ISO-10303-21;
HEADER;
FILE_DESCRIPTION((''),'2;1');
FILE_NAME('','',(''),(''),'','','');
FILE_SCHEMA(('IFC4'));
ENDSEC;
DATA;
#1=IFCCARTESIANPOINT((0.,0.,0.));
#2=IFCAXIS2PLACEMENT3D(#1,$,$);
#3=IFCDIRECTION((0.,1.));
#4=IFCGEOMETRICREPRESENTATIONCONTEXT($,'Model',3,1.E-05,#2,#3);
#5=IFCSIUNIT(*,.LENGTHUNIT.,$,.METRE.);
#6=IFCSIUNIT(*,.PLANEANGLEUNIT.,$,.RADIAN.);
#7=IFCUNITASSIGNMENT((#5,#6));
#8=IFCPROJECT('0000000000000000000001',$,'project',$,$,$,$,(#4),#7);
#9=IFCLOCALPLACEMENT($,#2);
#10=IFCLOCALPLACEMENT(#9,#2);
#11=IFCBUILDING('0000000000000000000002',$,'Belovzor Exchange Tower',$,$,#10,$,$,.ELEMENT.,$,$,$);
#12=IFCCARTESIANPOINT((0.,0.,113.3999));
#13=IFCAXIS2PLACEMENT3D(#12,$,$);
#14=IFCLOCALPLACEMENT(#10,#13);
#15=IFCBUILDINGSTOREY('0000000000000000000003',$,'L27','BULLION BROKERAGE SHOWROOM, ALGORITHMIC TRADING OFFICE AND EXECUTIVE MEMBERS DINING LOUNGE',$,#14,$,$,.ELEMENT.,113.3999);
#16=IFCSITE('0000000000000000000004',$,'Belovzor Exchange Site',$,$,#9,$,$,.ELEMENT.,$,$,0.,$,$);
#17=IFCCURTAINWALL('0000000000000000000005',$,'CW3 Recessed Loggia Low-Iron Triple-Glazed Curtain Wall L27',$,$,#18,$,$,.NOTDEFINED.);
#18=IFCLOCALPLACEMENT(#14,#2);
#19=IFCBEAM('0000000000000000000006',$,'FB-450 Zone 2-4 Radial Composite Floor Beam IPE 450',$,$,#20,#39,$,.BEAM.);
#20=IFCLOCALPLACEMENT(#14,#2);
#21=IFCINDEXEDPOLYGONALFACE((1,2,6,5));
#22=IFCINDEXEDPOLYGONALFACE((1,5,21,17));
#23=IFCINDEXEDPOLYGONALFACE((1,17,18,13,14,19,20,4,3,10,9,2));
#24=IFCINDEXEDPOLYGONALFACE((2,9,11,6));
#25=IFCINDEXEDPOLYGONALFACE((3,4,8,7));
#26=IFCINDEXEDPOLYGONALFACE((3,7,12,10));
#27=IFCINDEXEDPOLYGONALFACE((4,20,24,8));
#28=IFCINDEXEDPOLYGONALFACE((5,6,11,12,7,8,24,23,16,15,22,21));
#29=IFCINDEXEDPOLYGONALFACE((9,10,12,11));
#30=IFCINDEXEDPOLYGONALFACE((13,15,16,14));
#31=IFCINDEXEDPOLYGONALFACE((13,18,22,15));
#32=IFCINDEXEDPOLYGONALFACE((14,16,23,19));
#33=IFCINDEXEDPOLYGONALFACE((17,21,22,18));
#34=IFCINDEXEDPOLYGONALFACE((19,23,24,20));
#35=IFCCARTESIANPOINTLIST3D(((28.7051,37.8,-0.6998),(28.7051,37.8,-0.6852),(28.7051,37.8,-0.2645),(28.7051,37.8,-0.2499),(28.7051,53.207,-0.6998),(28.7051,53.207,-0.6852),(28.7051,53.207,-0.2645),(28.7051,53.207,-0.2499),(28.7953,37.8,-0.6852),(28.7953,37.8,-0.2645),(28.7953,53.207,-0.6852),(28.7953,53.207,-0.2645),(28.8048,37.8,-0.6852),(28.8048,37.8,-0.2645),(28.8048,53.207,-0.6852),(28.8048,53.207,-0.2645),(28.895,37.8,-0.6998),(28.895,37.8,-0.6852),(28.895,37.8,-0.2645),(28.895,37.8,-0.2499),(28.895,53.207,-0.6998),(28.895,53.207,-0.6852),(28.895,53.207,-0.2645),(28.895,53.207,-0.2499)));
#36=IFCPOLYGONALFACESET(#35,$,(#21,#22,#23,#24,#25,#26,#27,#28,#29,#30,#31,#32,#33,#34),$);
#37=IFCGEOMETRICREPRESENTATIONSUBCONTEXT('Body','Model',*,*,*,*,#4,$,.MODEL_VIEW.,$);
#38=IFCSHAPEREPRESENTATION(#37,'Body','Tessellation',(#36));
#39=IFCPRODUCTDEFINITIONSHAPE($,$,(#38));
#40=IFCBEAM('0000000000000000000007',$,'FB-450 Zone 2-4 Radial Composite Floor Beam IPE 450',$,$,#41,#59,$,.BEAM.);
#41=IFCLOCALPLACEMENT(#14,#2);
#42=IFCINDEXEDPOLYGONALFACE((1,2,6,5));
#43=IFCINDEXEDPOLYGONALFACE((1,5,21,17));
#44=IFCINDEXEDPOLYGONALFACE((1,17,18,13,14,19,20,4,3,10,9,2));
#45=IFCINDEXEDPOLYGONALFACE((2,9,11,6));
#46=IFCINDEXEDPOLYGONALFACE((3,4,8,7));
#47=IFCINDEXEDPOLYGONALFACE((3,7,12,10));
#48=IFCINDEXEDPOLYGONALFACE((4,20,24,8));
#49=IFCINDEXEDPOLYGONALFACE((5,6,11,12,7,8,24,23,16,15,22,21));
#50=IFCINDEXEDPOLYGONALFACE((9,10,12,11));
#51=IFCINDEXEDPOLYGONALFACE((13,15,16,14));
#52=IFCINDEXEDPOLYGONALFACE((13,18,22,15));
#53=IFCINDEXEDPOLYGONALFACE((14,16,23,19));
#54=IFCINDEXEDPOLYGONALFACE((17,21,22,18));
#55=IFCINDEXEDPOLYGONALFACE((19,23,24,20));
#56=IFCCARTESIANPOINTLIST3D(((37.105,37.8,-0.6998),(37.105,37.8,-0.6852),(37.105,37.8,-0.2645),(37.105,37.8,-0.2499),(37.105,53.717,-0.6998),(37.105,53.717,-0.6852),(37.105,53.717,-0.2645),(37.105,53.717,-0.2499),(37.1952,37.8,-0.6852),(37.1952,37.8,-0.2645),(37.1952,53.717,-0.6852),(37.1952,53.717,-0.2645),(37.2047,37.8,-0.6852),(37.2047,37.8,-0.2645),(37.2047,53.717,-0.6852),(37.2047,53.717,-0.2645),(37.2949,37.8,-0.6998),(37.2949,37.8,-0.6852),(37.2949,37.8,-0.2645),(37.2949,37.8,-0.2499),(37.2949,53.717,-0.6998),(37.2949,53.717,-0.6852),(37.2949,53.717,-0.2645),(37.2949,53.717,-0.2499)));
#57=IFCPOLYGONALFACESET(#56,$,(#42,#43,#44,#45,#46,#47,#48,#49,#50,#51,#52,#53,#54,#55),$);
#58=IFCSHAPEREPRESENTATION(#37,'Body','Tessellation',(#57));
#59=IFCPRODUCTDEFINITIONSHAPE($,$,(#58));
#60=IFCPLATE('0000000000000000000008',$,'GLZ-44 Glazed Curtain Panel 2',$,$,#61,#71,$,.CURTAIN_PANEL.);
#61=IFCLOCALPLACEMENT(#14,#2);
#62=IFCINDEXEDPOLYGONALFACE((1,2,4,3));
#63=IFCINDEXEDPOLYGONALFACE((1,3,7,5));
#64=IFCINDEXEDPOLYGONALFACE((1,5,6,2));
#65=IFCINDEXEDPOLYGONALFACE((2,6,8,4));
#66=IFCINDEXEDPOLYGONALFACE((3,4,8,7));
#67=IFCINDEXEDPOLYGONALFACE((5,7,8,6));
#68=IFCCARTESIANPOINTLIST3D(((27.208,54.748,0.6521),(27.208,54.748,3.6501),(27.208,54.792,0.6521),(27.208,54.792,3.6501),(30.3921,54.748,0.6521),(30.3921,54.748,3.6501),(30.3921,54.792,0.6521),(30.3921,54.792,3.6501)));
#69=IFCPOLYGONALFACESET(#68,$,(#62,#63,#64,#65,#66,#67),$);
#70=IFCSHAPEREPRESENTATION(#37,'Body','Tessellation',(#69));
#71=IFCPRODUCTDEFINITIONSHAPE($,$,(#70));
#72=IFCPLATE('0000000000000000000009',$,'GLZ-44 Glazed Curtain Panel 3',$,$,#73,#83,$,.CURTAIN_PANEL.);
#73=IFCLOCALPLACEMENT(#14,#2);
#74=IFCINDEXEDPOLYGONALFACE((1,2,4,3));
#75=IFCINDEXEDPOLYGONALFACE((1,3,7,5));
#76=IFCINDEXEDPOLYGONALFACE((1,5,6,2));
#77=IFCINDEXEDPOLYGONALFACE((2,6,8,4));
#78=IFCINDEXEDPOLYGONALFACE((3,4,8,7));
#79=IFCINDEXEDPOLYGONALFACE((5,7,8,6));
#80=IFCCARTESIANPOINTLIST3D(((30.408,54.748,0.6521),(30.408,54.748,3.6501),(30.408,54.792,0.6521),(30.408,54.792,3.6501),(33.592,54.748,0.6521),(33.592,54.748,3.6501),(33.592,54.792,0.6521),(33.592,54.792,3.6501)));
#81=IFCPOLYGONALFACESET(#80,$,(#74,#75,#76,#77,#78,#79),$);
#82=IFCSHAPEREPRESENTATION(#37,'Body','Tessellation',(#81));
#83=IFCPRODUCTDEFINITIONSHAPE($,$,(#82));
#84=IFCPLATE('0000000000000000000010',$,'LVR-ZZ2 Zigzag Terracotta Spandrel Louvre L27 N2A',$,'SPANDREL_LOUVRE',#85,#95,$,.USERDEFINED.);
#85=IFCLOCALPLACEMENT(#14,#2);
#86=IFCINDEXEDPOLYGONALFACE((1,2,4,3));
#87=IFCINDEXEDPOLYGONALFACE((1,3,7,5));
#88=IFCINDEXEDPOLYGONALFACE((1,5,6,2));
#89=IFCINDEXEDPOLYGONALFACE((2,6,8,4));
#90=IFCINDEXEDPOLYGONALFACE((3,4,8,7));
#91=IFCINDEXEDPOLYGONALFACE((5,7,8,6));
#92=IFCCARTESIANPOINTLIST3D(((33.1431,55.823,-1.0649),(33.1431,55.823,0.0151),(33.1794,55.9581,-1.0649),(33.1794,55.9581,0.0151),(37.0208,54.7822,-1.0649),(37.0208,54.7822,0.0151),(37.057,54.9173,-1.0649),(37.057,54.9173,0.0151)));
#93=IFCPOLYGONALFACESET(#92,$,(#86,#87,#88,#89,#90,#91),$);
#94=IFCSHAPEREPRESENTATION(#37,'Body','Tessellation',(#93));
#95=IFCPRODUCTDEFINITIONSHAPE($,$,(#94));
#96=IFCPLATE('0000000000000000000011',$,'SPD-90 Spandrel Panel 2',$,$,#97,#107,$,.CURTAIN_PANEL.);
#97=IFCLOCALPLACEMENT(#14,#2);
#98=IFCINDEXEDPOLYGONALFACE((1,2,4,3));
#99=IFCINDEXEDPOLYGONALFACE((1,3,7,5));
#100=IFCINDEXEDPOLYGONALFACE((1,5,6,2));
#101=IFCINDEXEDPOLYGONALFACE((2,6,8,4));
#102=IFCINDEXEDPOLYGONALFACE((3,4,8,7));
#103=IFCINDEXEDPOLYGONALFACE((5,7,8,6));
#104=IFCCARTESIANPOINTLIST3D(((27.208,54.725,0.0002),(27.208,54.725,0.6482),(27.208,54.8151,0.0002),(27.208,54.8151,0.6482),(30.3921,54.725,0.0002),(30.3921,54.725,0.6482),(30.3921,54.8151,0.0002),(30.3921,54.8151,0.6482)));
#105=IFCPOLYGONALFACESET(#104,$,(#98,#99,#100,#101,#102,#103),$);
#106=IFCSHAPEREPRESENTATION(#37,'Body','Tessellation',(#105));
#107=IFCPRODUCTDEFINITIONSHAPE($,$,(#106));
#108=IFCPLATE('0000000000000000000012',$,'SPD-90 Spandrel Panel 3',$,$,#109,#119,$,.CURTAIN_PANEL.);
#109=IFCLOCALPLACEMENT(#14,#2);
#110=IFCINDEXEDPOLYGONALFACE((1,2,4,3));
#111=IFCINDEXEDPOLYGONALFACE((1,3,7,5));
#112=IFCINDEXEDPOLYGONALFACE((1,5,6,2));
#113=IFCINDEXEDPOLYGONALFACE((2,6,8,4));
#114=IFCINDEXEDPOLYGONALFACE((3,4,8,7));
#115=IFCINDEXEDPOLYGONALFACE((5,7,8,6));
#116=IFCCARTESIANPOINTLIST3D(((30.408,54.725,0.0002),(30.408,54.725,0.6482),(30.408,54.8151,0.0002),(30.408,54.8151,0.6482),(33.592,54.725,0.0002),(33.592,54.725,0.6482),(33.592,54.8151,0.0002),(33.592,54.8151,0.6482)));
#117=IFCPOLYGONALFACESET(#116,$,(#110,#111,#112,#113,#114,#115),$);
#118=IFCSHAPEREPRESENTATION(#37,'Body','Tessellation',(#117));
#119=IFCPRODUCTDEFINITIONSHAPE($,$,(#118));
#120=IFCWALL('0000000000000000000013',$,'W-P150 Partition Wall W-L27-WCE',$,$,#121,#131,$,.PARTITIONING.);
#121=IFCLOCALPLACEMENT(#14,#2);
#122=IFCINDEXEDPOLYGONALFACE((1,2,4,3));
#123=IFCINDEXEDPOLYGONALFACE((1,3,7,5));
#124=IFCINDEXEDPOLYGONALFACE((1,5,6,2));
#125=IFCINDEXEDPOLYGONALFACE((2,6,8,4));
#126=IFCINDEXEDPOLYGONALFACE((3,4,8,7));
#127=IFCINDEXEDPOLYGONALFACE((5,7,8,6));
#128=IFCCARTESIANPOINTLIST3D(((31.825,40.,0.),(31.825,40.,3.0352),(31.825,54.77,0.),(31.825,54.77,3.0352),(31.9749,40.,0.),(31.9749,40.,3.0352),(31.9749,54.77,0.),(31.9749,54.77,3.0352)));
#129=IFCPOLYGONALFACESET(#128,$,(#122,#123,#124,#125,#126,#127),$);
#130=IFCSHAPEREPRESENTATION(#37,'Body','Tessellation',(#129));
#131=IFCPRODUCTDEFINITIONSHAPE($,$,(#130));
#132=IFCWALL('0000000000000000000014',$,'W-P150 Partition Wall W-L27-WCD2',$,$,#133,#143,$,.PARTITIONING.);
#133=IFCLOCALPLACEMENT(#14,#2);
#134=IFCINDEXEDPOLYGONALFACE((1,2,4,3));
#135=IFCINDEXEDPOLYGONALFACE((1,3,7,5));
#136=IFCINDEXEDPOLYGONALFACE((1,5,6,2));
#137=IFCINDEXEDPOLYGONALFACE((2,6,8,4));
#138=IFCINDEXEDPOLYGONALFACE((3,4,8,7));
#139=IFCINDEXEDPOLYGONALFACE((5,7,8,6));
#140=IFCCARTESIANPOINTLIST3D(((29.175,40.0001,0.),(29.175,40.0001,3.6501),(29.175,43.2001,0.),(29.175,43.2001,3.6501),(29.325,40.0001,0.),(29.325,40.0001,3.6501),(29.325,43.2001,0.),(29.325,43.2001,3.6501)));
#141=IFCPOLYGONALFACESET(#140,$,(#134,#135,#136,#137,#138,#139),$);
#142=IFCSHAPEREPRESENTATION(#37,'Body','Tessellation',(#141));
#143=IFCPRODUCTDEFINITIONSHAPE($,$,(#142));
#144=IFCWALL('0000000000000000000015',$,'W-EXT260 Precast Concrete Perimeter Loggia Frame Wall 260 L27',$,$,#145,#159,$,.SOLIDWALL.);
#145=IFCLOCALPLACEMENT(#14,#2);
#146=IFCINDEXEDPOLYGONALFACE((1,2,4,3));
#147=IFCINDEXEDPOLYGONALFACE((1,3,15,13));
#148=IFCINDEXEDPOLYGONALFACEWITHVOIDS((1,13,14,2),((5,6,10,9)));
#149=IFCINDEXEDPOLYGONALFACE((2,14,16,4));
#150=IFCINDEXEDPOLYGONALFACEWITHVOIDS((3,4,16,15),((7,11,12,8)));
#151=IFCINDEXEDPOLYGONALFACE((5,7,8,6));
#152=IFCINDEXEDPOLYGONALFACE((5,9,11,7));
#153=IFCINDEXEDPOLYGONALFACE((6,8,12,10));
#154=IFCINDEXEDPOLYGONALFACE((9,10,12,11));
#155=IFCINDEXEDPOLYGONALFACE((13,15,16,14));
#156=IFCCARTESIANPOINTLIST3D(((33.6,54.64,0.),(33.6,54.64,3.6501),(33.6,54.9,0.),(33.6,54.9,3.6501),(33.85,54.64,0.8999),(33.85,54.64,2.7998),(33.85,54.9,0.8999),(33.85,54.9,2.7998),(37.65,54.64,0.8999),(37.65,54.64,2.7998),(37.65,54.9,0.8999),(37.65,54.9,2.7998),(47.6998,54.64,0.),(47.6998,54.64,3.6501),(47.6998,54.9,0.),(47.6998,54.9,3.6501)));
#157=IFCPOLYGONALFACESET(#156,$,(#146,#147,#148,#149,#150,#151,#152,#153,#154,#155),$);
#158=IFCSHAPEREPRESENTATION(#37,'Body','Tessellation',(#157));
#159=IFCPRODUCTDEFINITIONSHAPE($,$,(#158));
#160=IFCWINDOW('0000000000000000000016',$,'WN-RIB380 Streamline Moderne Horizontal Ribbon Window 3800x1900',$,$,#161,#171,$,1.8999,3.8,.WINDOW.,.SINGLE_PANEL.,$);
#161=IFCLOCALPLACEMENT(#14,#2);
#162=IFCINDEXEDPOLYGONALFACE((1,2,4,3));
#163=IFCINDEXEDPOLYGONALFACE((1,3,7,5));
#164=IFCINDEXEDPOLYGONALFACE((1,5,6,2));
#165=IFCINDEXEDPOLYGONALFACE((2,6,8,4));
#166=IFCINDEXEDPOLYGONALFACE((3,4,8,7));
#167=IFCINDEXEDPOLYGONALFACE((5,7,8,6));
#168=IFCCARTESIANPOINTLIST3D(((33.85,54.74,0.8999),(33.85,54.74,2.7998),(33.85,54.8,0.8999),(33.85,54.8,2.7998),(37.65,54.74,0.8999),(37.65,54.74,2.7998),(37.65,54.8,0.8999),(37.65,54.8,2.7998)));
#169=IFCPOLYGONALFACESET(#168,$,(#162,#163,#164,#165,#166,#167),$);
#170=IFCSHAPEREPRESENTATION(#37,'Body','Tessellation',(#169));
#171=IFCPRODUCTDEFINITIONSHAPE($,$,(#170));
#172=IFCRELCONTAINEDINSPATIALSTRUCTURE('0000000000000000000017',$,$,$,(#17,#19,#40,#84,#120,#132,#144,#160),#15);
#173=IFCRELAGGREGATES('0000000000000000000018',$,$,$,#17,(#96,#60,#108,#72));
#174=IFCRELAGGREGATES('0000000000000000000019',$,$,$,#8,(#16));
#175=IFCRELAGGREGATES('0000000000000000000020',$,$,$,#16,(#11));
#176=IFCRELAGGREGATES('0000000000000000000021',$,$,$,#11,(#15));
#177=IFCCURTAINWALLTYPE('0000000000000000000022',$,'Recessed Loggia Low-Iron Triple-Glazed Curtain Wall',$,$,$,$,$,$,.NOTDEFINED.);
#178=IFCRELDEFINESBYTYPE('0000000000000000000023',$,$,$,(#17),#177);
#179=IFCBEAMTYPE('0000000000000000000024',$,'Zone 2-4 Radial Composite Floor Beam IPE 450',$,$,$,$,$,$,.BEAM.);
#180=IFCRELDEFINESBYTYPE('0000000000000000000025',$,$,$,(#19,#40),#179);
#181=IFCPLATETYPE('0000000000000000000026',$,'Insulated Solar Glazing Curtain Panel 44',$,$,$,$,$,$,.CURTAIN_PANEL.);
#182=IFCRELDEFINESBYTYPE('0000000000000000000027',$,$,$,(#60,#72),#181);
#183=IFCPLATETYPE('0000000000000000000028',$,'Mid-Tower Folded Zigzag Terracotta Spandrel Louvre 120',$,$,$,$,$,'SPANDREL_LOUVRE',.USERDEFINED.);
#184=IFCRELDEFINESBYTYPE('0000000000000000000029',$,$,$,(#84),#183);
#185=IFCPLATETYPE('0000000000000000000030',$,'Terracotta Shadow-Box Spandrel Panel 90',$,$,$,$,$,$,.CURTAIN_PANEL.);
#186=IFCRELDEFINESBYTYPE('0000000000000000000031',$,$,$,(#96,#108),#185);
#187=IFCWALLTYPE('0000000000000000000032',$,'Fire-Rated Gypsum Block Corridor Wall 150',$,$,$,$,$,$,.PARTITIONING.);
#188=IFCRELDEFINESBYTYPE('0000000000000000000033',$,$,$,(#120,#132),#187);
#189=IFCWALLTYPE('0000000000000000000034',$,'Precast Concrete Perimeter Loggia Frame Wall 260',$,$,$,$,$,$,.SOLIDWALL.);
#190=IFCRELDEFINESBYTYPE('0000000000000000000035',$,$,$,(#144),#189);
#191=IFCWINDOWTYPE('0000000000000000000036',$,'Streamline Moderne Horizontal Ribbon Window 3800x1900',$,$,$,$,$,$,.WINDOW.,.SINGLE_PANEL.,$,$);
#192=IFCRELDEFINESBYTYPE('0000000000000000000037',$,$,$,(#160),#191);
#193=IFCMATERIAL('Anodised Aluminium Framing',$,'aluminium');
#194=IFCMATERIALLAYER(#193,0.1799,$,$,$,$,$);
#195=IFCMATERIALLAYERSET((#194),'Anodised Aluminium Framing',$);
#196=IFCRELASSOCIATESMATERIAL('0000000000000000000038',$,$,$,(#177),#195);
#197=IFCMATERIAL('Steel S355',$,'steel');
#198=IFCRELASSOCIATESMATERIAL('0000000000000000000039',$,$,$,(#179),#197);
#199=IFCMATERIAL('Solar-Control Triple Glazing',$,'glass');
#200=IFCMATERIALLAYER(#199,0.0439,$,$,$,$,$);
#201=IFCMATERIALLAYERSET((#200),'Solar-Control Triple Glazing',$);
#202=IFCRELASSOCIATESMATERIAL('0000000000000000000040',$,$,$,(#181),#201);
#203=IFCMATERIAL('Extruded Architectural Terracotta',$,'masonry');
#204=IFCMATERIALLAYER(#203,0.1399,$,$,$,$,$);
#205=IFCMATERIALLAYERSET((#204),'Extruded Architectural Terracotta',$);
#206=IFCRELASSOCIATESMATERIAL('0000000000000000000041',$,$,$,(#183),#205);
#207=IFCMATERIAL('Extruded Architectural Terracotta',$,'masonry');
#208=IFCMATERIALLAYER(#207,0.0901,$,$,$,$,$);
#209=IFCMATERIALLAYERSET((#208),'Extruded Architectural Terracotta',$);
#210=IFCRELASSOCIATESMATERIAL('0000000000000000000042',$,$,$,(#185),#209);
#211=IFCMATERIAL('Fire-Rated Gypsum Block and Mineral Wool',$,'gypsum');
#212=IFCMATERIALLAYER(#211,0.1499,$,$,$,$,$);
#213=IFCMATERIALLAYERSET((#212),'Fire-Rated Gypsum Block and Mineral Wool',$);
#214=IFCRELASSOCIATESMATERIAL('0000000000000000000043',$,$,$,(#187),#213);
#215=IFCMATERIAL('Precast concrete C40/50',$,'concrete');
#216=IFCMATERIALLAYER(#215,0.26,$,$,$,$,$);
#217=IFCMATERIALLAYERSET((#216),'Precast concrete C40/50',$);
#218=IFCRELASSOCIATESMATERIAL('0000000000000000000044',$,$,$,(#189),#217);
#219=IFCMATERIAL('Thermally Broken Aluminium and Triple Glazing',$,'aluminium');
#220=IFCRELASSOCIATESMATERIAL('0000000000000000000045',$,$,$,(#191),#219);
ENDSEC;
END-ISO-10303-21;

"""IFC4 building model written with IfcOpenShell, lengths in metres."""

from ifc_helpers import new_model, si_unit, direction, frame, frame_2d, origin, origin_2d, place, context, subcontext, project, spatial, rectangle, i_section, extrude, material, layer, layer_set, material_profile, profile_set, type_object, element, fill, aggregate, save


model = new_model("IFC4")

# Units and contexts
model_context = context("Model", 3, precision=1e-05, world=origin(), true_north=direction((0.0, 1.0)))
body_context = subcontext(model_context, "Body", "Model", "MODEL_VIEW")
ifc_project = project(units=[si_unit("LENGTHUNIT", "METRE"), si_unit("PLANEANGLEUNIT", "RADIAN")], contexts=[model_context])

# Site, building, storey
site_placement = place(None, origin())
site = spatial("IfcSite", under=ifc_project, at=site_placement, Name="Belovzor Exchange Site", CompositionType="ELEMENT", RefElevation=0.0)
building_placement = place(site_placement, origin())
building = spatial("IfcBuilding", under=site, at=building_placement, Name="Belovzor Exchange Tower", CompositionType="ELEMENT")
storey_placement = place(building_placement, frame((0.0, 0.0, 113.3999)))
storey = spatial("IfcBuildingStorey", under=building, at=storey_placement, Name="L27", Description="BULLION BROKERAGE SHOWROOM, ALGORITHMIC TRADING OFFICE AND EXECUTIVE MEMBERS DINING LOUNGE", CompositionType="ELEMENT", Elevation=113.3999)

# Curtain wall
ifc_material_1 = material(Name="Anodised Aluminium Framing", Category="aluminium")
ifc_layer_1 = layer(ifc_material_1, 0.1799)
ifc_layer_set_1 = layer_set([ifc_layer_1], Name="Anodised Aluminium Framing")
curtain_wall_type = type_object("IfcCurtainWallType", Name="Recessed Loggia Low-Iron Triple-Glazed Curtain Wall", PredefinedType="NOTDEFINED", material=ifc_layer_set_1)
curtain_wall_placement = place(storey_placement, origin())
curtain_wall = element("IfcCurtainWall", 1, at=curtain_wall_placement, inside=storey, type_object=curtain_wall_type, Name="CW3 Recessed Loggia Low-Iron Triple-Glazed Curtain Wall L27", PredefinedType="NOTDEFINED")

# Beams
ifc_material_2 = material(Name="Steel S355", Category="steel")
ifc_material_profile_1 = material_profile(ifc_material_2, i_section(OverallWidth=0.1899, OverallDepth=0.45, WebThickness=0.0095, FlangeThickness=0.0146, at=origin_2d()))
ifc_profile_set_1 = profile_set([ifc_material_profile_1], Name="Steel S355")
beam_type_1 = type_object("IfcBeamType", Name="Zone 2-4 Radial Composite Floor Beam IPE 450", PredefinedType="BEAM", material=ifc_profile_set_1)
beam_1_placement = place(storey_placement, frame((28.8, 37.8, -0.4749), z_axis=(0.0, 1.0, 0.0), x_axis=(-1.0, 0.0, 0.0)))
element("IfcBeam", 2, at=beam_1_placement, inside=storey, type_object=beam_type_1, Name="FB-450 Zone 2-4 Radial Composite Floor Beam IPE 450", PredefinedType="BEAM", context=body_context, shape_type="SweptSolid", body=[
    extrude(i_section(OverallWidth=0.1899, OverallDepth=0.45, WebThickness=0.0095, FlangeThickness=0.0146, at=origin_2d()), origin(), (0.0, 0.0, 1.0), 15.407),
])
beam_2_placement = place(storey_placement, frame((37.2, 37.8, -0.4749), z_axis=(0.0, 1.0, 0.0), x_axis=(-1.0, 0.0, 0.0)))
element("IfcBeam", 3, at=beam_2_placement, inside=storey, type_object=beam_type_1, Name="FB-450 Zone 2-4 Radial Composite Floor Beam IPE 450", PredefinedType="BEAM", context=body_context, shape_type="SweptSolid", body=[
    extrude(i_section(OverallWidth=0.1899, OverallDepth=0.45, WebThickness=0.0095, FlangeThickness=0.0146, at=origin_2d()), origin(), (0.0, 0.0, 1.0), 15.917),
])

# Plates
ifc_material_3 = material(Name="Solar-Control Triple Glazing", Category="glass")
ifc_layer_2 = layer(ifc_material_3, 0.0439)
ifc_layer_set_2 = layer_set([ifc_layer_2], Name="Solar-Control Triple Glazing")
plate_type_1 = type_object("IfcPlateType", Name="Insulated Solar Glazing Curtain Panel 44", PredefinedType="CURTAIN_PANEL", material=ifc_layer_set_2)
plate_1_placement = place(storey_placement, frame((28.8, 54.77, 0.6521), z_axis=(0.0, 0.0, 1.0), x_axis=(1.0, 0.0, 0.0)))
plate_1 = element("IfcPlate", 4, at=plate_1_placement, type_object=plate_type_1, Name="GLZ-44 Glazed Curtain Panel 2", PredefinedType="CURTAIN_PANEL", context=body_context, shape_type="SweptSolid", body=[
    extrude(rectangle(XDim=3.1841, YDim=0.0439, at=origin_2d()), origin(), (0.0, 0.0, 1.0), 2.998),
])
plate_2_placement = place(storey_placement, frame((32.0, 54.77, 0.6521), z_axis=(0.0, 0.0, 1.0), x_axis=(1.0, 0.0, 0.0)))
plate_2 = element("IfcPlate", 5, at=plate_2_placement, type_object=plate_type_1, Name="GLZ-44 Glazed Curtain Panel 3", PredefinedType="CURTAIN_PANEL", context=body_context, shape_type="SweptSolid", body=[
    extrude(rectangle(XDim=3.1841, YDim=0.0439, at=origin_2d()), origin(), (0.0, 0.0, 1.0), 2.998),
])
ifc_material_4 = material(Name="Extruded Architectural Terracotta", Category="masonry")
ifc_layer_3 = layer(ifc_material_4, 0.1399)
ifc_layer_set_3 = layer_set([ifc_layer_3], Name="Extruded Architectural Terracotta")
plate_type_2 = type_object("IfcPlateType", Name="Mid-Tower Folded Zigzag Terracotta Spandrel Louvre 120", ElementType="SPANDREL_LOUVRE", PredefinedType="USERDEFINED", material=ifc_layer_set_3)
plate_3_placement = place(storey_placement, frame((35.1001, 55.3701, -1.0649), z_axis=(0.0, 0.0, 1.0), x_axis=(0.965813, -0.25924, 0.0)))
element("IfcPlate", 6, at=plate_3_placement, inside=storey, type_object=plate_type_2, Name="LVR-ZZ2 Zigzag Terracotta Spandrel Louvre L27 N2A", ObjectType="SPANDREL_LOUVRE", PredefinedType="USERDEFINED", context=body_context, shape_type="SweptSolid", body=[
    extrude(rectangle(XDim=4.0149, YDim=0.1399, at=origin_2d()), origin(), (0.0, 0.0, 1.0), 1.0801),
])
ifc_material_5 = material(Name="Extruded Architectural Terracotta", Category="masonry")
ifc_layer_4 = layer(ifc_material_5, 0.0901)
ifc_layer_set_4 = layer_set([ifc_layer_4], Name="Extruded Architectural Terracotta")
plate_type_3 = type_object("IfcPlateType", Name="Terracotta Shadow-Box Spandrel Panel 90", PredefinedType="CURTAIN_PANEL", material=ifc_layer_set_4)
plate_4_placement = place(storey_placement, frame((28.8, 54.77, 0.0002), z_axis=(0.0, 0.0, 1.0), x_axis=(1.0, 0.0, 0.0)))
plate_4 = element("IfcPlate", 7, at=plate_4_placement, type_object=plate_type_3, Name="SPD-90 Spandrel Panel 2", PredefinedType="CURTAIN_PANEL", context=body_context, shape_type="SweptSolid", body=[
    extrude(rectangle(XDim=3.1841, YDim=0.0901, at=origin_2d()), origin(), (0.0, 0.0, 1.0), 0.6479),
])
plate_5_placement = place(storey_placement, frame((32.0, 54.77, 0.0002), z_axis=(0.0, 0.0, 1.0), x_axis=(1.0, 0.0, 0.0)))
plate_5 = element("IfcPlate", 8, at=plate_5_placement, type_object=plate_type_3, Name="SPD-90 Spandrel Panel 3", PredefinedType="CURTAIN_PANEL", context=body_context, shape_type="SweptSolid", body=[
    extrude(rectangle(XDim=3.1841, YDim=0.0901, at=origin_2d()), origin(), (0.0, 0.0, 1.0), 0.6479),
])
aggregate(curtain_wall, [plate_4, plate_1, plate_5, plate_2])

# Walls
ifc_material_6 = material(Name="Fire-Rated Gypsum Block and Mineral Wool", Category="gypsum")
ifc_layer_5 = layer(ifc_material_6, 0.1499)
ifc_layer_set_5 = layer_set([ifc_layer_5], Name="Fire-Rated Gypsum Block and Mineral Wool")
wall_type_1 = type_object("IfcWallType", Name="Fire-Rated Gypsum Block Corridor Wall 150", PredefinedType="PARTITIONING", material=ifc_layer_set_5)
wall_1_placement = place(storey_placement, frame((31.8999, 40.0, 0.0), z_axis=(0.0, 0.0, 1.0), x_axis=(0.0, 1.0, 0.0)))
element("IfcWall", 9, at=wall_1_placement, inside=storey, type_object=wall_type_1, Name="W-P150 Partition Wall W-L27-WCE", PredefinedType="PARTITIONING", context=body_context, shape_type="SweptSolid", body=[
    extrude(rectangle(XDim=14.77, YDim=0.1499, at=frame_2d((7.385, 0.0))), origin(), (0.0, 0.0, 1.0), 3.0352),
])
wall_2_placement = place(storey_placement, frame((29.25, 40.0, 0.0), z_axis=(0.0, 0.0, 1.0), x_axis=(0.0, 1.0, 0.0)))
element("IfcWall", 10, at=wall_2_placement, inside=storey, type_object=wall_type_1, Name="W-P150 Partition Wall W-L27-WCD2", PredefinedType="PARTITIONING", context=body_context, shape_type="SweptSolid", body=[
    extrude(rectangle(XDim=3.2, YDim=0.1499, at=frame_2d((1.6001, 0.0))), origin(), (0.0, 0.0, 1.0), 3.6501),
])

# Wall, opening, window
ifc_material_7 = material(Name="Precast concrete C40/50", Category="concrete")
ifc_layer_6 = layer(ifc_material_7, 0.26)
ifc_layer_set_6 = layer_set([ifc_layer_6], Name="Precast concrete C40/50")
wall_type_2 = type_object("IfcWallType", Name="Precast Concrete Perimeter Loggia Frame Wall 260", PredefinedType="SOLIDWALL", material=ifc_layer_set_6)
wall_3_placement = place(storey_placement, frame((33.6001, 54.77, 0.0), z_axis=(0.0, 0.0, 1.0), x_axis=(1.0, 0.0, 0.0)))
wall_3 = element("IfcWall", 11, at=wall_3_placement, inside=storey, type_object=wall_type_2, Name="W-EXT260 Precast Concrete Perimeter Loggia Frame Wall 260 L27", PredefinedType="SOLIDWALL", context=body_context, shape_type="SweptSolid", body=[
    extrude(rectangle(XDim=14.0999, YDim=0.26, at=frame_2d((7.0498, 0.0))), origin(), (0.0, 0.0, 1.0), 3.6501),
])
opening_placement = place(wall_3_placement, frame((0.25, 0.0, 0.8999)))
opening = element("IfcOpeningElement", 12, at=opening_placement, cuts=wall_3, PredefinedType="OPENING", context=body_context, shape_type="SweptSolid", body=[
    extrude(rectangle(XDim=3.8, YDim=1.8999, at=frame_2d((1.8999, 0.95))), frame((0.0, 0.1399, 0.0), z_axis=(0.0, -1.0, 0.0), x_axis=(1.0, 0.0, 0.0)), (0.0, 0.0, 1.0), 0.28),
])
ifc_material_8 = material(Name="Thermally Broken Aluminium and Triple Glazing", Category="aluminium")
window_type = type_object("IfcWindowType", Name="Streamline Moderne Horizontal Ribbon Window 3800x1900", PartitioningType="SINGLE_PANEL", PredefinedType="WINDOW", material=ifc_material_8)
window_placement = place(opening_placement, origin())
window = element("IfcWindow", 13, at=window_placement, inside=storey, type_object=window_type, Name="WN-RIB380 Streamline Moderne Horizontal Ribbon Window 3800x1900", OverallHeight=1.8999, OverallWidth=3.8, PartitioningType="SINGLE_PANEL", PredefinedType="WINDOW", context=body_context, shape_type="SweptSolid", body=[
    extrude(rectangle(XDim=3.8, YDim=1.8999, at=frame_2d((1.8999, 0.95))), frame((0.0, 0.03, 0.0), z_axis=(0.0, -1.0, 0.0), x_axis=(1.0, 0.0, 0.0)), (0.0, 0.0, 1.0), 0.0601),
])
fill(opening, window)

save(model, "model.ifc")
